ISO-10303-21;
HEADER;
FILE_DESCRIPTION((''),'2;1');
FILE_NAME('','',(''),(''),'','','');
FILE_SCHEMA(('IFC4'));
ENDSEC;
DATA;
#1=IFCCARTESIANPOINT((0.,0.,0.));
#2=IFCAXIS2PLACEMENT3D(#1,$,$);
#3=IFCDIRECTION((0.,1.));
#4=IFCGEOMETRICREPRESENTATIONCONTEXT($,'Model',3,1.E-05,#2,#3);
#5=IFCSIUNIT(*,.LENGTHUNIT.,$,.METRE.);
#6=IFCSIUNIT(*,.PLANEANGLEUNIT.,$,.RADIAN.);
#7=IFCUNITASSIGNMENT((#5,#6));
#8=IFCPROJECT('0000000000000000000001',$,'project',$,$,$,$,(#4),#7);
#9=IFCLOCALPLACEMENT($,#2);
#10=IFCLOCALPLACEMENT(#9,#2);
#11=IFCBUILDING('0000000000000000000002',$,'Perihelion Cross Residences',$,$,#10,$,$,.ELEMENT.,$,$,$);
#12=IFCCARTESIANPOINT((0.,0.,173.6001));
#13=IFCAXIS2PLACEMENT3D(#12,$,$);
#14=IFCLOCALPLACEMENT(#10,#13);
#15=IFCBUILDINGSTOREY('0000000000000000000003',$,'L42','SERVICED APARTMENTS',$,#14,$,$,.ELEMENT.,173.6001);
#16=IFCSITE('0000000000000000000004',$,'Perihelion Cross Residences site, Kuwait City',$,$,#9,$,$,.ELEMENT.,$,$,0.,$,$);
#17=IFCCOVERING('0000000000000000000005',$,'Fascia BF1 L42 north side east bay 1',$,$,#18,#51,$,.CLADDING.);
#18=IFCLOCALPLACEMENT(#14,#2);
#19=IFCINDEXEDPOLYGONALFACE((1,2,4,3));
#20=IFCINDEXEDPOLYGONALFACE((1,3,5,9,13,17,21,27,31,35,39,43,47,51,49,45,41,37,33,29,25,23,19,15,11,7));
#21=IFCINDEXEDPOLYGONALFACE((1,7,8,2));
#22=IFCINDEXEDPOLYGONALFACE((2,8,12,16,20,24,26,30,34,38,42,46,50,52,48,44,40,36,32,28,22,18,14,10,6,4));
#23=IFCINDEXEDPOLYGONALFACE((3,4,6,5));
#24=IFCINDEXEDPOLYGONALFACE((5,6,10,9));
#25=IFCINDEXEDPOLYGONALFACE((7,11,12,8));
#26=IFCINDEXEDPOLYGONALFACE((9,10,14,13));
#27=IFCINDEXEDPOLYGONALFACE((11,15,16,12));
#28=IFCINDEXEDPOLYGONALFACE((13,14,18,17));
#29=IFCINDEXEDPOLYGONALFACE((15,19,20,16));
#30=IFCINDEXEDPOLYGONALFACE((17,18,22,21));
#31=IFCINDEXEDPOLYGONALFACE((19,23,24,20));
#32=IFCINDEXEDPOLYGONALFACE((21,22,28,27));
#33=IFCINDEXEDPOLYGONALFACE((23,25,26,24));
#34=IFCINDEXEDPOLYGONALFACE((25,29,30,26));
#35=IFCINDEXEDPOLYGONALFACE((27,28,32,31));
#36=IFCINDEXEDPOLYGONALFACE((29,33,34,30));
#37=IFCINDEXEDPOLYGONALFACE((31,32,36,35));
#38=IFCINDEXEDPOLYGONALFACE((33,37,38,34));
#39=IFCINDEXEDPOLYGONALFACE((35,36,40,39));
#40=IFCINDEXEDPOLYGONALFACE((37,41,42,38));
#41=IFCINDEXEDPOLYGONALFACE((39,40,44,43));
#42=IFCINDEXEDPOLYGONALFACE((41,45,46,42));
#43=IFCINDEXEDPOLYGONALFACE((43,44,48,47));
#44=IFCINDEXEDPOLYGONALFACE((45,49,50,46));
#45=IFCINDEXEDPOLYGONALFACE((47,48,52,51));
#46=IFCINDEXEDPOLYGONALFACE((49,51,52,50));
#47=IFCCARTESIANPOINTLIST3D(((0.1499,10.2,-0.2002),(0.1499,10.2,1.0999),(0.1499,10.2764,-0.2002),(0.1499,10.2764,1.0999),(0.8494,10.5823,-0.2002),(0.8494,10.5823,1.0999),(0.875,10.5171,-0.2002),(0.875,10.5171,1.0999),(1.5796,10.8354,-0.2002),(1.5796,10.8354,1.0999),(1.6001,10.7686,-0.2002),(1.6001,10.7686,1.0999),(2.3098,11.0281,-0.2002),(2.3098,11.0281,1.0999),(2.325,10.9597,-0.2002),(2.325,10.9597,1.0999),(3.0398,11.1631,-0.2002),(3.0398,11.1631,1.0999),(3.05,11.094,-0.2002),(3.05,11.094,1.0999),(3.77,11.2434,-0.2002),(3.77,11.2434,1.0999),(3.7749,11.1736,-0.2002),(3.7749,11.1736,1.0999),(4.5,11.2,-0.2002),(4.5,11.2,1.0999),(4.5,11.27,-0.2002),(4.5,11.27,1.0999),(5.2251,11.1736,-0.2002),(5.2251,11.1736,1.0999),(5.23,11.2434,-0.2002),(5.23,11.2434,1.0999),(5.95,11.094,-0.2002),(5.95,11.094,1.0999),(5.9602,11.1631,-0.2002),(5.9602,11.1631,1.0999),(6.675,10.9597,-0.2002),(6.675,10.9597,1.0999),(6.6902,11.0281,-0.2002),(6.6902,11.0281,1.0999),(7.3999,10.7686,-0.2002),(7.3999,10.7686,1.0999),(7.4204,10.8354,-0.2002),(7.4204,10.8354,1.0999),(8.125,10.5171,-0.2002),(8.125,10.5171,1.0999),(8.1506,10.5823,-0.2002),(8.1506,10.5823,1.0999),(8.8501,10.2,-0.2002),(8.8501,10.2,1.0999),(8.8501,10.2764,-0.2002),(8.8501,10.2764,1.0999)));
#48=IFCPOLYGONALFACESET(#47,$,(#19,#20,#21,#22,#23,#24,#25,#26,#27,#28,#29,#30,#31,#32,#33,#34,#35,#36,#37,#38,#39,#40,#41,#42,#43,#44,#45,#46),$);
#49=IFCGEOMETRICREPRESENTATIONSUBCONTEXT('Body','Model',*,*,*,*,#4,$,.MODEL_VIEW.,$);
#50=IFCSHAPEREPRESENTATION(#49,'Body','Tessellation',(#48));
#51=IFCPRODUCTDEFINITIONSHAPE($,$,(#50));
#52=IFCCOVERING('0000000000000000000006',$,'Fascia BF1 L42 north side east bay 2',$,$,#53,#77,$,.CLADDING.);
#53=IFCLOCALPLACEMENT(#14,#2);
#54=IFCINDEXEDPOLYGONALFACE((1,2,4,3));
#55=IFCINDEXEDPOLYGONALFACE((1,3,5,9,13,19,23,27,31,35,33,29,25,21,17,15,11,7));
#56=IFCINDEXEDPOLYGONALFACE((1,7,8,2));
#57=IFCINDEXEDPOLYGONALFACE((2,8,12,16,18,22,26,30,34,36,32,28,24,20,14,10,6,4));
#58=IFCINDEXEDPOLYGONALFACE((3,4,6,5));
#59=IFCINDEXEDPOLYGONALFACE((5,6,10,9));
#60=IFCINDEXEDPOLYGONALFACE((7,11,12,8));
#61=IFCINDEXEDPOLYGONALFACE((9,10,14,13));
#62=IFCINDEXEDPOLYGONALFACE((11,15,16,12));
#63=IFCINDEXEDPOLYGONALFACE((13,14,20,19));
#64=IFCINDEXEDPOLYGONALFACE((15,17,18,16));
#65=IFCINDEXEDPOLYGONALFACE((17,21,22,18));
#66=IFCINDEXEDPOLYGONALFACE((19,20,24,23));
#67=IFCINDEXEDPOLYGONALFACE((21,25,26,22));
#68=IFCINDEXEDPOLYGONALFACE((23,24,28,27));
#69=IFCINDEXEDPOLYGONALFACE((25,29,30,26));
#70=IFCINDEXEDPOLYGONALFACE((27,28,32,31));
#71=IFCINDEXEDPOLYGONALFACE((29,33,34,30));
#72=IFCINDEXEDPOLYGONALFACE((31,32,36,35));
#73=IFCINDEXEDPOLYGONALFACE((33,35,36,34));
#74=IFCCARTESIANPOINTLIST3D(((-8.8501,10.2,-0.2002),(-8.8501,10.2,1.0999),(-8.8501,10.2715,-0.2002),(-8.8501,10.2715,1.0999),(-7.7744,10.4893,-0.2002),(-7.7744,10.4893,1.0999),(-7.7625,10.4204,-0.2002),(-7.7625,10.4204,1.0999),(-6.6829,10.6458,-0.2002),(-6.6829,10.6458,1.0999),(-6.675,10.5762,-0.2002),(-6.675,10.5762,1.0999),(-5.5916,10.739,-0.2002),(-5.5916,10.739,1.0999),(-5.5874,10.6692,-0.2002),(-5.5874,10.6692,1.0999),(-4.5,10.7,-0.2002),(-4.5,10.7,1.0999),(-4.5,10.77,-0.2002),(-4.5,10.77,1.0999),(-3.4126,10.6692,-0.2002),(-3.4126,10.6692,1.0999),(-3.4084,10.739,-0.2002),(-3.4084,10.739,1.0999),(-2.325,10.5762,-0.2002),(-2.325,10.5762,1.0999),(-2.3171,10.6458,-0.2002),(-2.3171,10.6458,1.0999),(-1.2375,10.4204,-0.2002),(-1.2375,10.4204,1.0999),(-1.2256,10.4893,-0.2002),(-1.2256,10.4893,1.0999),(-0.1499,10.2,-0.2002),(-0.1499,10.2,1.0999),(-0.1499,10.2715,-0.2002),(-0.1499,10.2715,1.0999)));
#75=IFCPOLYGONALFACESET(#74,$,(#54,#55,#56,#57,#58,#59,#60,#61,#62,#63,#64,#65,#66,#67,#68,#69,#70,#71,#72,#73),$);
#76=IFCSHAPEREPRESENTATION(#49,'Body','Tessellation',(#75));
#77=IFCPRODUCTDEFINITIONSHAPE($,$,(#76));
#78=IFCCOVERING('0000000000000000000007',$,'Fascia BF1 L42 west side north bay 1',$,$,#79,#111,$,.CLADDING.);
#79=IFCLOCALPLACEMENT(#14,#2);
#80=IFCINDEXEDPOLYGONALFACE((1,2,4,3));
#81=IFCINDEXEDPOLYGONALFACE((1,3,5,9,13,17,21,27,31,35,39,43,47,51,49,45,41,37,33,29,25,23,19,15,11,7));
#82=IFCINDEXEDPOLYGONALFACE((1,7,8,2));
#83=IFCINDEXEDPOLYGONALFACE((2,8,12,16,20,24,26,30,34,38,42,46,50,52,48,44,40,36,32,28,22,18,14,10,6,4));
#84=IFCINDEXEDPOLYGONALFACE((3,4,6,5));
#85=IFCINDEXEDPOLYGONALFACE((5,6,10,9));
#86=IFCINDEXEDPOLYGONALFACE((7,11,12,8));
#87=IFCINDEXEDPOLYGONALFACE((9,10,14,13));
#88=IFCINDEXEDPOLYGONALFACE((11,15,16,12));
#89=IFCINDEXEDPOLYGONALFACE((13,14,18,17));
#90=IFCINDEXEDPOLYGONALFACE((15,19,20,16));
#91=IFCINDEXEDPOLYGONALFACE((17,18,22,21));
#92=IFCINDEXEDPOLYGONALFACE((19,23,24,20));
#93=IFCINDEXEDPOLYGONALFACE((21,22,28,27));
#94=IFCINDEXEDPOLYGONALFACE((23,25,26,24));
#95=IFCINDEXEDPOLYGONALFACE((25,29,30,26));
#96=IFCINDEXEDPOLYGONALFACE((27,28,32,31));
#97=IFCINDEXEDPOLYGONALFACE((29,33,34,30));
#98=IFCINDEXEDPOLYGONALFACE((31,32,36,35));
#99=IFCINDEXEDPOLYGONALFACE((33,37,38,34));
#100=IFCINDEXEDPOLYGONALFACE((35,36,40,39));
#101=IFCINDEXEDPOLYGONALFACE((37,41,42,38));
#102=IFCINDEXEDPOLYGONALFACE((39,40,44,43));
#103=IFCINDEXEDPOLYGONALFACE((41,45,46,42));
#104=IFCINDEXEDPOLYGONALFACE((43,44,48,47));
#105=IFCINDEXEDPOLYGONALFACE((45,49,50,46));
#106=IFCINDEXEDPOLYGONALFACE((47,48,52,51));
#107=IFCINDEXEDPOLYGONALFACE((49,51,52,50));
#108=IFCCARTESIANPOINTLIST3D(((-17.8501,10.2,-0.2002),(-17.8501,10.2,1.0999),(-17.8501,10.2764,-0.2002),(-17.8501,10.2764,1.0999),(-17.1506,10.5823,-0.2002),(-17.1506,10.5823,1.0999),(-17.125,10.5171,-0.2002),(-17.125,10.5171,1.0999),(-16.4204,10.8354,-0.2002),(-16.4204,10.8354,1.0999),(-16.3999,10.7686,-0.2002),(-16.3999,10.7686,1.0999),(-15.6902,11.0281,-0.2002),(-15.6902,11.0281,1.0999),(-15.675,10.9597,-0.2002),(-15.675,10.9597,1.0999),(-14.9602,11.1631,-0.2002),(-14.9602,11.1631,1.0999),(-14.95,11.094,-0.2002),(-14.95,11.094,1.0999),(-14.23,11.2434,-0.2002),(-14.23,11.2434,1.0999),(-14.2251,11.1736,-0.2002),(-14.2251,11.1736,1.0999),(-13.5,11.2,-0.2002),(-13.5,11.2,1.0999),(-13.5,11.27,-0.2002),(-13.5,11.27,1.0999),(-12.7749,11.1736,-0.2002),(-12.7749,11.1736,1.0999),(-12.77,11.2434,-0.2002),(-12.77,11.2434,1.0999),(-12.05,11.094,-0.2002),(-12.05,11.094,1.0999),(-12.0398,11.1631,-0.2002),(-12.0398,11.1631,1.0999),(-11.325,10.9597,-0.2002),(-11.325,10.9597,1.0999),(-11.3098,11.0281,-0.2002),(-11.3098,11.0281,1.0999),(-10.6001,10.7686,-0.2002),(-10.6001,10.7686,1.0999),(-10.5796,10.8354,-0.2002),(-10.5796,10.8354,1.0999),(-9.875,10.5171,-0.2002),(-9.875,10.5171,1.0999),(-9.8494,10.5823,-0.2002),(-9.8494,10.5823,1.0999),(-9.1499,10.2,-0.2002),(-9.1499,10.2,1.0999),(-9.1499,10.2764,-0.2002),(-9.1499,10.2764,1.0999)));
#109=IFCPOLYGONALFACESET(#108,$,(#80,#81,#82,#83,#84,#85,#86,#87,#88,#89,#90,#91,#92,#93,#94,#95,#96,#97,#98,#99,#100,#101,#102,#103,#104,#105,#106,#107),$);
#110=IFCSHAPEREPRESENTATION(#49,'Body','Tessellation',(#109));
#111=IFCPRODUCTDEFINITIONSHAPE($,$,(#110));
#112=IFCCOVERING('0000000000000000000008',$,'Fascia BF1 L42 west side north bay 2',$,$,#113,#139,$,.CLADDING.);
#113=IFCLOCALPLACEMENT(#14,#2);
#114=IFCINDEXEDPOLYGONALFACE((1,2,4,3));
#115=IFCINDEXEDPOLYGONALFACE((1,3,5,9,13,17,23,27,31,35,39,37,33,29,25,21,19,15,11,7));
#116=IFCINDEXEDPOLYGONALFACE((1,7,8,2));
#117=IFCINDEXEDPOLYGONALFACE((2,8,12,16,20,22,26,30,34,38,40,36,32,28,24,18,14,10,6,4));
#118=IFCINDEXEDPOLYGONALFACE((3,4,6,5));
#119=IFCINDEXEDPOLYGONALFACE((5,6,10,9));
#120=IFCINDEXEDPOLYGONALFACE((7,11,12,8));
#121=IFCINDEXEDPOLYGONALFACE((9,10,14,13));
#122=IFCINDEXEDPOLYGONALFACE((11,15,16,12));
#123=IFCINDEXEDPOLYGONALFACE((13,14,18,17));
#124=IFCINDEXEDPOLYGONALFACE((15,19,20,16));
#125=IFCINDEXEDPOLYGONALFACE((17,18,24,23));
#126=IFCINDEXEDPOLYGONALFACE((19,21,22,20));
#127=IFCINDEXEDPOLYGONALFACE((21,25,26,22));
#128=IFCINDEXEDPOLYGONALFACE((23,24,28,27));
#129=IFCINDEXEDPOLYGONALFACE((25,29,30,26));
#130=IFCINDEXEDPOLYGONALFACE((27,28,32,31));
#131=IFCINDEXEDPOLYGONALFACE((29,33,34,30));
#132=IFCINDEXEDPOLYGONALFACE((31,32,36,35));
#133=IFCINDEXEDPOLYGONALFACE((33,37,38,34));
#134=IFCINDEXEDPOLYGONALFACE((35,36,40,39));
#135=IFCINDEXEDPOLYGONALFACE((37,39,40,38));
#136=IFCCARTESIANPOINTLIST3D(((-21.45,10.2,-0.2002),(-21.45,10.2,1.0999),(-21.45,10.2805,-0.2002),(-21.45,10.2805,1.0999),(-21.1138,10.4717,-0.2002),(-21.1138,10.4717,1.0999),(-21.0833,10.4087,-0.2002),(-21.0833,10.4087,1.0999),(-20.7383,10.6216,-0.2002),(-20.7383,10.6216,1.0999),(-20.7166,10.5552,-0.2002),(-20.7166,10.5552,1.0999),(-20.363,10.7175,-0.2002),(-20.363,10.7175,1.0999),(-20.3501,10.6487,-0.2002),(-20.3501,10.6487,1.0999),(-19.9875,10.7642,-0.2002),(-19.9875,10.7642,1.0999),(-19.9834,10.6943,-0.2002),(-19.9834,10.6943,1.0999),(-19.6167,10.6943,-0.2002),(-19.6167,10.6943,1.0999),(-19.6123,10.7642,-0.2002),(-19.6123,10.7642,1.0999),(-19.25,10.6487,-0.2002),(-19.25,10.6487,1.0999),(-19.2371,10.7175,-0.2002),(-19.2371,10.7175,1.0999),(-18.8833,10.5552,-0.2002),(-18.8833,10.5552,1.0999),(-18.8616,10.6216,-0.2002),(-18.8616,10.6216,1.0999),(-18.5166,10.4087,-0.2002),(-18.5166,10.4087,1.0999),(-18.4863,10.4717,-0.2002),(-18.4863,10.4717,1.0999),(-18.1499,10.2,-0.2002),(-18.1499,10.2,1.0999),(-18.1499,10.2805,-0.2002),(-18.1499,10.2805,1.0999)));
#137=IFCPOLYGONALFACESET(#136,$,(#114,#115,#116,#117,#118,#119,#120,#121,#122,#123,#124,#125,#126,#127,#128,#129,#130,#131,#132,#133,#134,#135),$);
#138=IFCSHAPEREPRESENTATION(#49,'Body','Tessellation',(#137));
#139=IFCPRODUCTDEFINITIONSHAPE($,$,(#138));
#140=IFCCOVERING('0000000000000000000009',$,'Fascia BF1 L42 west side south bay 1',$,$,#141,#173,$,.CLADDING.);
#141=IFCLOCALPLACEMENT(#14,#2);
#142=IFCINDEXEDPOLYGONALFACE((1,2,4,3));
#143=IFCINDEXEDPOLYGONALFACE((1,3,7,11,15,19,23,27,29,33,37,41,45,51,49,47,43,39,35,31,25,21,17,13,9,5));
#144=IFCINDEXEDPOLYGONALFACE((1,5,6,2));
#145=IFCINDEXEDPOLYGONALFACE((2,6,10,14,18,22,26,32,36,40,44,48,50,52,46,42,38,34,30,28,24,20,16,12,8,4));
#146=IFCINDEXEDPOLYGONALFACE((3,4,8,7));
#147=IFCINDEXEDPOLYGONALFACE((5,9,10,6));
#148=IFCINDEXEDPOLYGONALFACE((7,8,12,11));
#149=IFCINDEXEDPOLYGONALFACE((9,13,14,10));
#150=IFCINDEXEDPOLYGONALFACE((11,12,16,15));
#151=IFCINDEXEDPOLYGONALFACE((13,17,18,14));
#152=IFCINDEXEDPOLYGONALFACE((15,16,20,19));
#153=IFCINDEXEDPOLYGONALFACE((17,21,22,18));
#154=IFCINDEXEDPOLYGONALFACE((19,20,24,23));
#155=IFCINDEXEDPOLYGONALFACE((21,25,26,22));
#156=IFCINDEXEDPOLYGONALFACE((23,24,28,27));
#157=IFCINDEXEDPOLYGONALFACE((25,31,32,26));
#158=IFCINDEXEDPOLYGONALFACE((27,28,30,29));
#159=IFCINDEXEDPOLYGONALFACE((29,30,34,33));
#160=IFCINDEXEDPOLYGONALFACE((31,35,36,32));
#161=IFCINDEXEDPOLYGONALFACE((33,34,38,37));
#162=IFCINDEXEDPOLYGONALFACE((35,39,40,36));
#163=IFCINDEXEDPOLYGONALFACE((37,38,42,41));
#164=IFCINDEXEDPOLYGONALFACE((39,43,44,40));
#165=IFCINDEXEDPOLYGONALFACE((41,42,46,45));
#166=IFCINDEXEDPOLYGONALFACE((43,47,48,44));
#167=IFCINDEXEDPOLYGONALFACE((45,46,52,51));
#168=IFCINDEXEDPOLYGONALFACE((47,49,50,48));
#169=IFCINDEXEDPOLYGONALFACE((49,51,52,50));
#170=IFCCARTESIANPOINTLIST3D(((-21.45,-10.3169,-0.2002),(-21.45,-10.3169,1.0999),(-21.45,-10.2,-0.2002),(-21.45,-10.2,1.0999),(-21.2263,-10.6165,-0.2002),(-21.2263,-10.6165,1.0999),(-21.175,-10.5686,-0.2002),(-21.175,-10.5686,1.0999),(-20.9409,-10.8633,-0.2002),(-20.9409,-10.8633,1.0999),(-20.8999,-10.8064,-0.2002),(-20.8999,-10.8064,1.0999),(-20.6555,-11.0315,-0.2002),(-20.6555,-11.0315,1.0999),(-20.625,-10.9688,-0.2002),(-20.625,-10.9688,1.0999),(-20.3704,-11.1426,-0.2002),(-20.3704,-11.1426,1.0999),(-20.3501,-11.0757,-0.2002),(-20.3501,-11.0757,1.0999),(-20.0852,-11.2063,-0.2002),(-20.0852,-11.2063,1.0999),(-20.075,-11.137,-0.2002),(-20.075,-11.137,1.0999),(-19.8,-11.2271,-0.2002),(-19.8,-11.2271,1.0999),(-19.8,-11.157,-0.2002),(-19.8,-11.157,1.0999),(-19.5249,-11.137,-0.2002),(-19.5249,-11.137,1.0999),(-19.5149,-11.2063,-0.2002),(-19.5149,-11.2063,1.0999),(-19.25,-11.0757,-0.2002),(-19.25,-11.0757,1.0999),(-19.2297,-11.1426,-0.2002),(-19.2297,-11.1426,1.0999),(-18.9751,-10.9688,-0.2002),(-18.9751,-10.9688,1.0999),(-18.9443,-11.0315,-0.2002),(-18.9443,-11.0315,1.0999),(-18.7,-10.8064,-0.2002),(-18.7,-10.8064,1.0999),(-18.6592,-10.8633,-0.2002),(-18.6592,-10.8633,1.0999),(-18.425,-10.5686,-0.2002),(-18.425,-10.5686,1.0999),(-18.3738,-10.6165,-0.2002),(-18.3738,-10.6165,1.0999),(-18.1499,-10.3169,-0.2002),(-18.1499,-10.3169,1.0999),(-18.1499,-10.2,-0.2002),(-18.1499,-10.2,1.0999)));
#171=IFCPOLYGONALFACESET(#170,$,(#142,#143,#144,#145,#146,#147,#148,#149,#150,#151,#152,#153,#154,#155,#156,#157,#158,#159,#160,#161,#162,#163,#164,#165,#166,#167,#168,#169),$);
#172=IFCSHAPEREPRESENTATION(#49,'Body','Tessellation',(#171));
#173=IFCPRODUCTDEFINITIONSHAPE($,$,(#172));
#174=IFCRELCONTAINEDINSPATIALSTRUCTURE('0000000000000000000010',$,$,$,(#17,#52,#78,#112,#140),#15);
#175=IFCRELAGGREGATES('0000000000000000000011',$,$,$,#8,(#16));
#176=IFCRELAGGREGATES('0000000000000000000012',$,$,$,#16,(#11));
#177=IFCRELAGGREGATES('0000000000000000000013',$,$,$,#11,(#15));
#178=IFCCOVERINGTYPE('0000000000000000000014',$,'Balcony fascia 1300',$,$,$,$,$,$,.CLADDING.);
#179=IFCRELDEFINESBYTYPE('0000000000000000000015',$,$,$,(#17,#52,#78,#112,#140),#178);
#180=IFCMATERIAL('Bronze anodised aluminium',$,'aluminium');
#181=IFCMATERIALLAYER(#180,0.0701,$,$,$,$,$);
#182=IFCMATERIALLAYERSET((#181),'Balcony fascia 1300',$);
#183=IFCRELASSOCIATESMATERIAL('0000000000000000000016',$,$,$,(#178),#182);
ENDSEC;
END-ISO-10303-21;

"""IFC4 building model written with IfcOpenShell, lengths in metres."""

from ifc_helpers import new_model, si_unit, direction, frame, origin, place, context, subcontext, project, spatial, polyline, outline, extrude, material, layer, layer_set, type_object, element, save


model = new_model("IFC4")

# Units and contexts
model_context = context("Model", 3, precision=1e-05, world=origin(), true_north=direction((0.0, 1.0)))
body_context = subcontext(model_context, "Body", "Model", "MODEL_VIEW")
ifc_project = project(units=[si_unit("LENGTHUNIT", "METRE"), si_unit("PLANEANGLEUNIT", "RADIAN")], contexts=[model_context])

# Site, building, storey
site_placement = place(None, origin())
site = spatial("IfcSite", under=ifc_project, at=site_placement, Name="Perihelion Cross Residences site, Kuwait City", CompositionType="ELEMENT", RefElevation=0.0)
building_placement = place(site_placement, origin())
building = spatial("IfcBuilding", under=site, at=building_placement, Name="Perihelion Cross Residences", CompositionType="ELEMENT")
storey_placement = place(building_placement, frame((0.0, 0.0, 173.6001)))
storey = spatial("IfcBuildingStorey", under=building, at=storey_placement, Name="L42", Description="SERVICED APARTMENTS", CompositionType="ELEMENT", Elevation=173.6001)

# Coverings
ifc_material_1 = material(Name="Bronze anodised aluminium", Category="aluminium")
ifc_layer_1 = layer(ifc_material_1, 0.0701)
ifc_layer_set_1 = layer_set([ifc_layer_1], Name="Balcony fascia 1300")
covering_type_1 = type_object("IfcCoveringType", Name="Balcony fascia 1300", PredefinedType="CLADDING", material=ifc_layer_set_1)
covering_1_placement = place(storey_placement, frame((0.0, 0.0, -0.2002)))
element("IfcCovering", 1, at=covering_1_placement, inside=storey, type_object=covering_type_1, Name="Fascia BF1 L42 north side east bay 1", PredefinedType="CLADDING", context=body_context, shape_type="SweptSolid", body=[
    extrude(outline(polyline([(8.1506, 10.5823), (7.4204, 10.8354), (6.6902, 11.0281), (5.9602, 11.1631), (5.23, 11.2434), (4.5, 11.27), (3.77, 11.2434), (3.0398, 11.1631), (2.3098, 11.0281), (1.5796, 10.8354), (0.8494, 10.5823), (0.1499, 10.2764), (0.1499, 10.2), (0.875, 10.5171), (1.6001, 10.7686), (2.325, 10.9597), (3.05, 11.094), (3.7749, 11.1736), (4.5, 11.2), (5.2251, 11.1736), (5.95, 11.094), (6.675, 10.9597), (7.3999, 10.7686), (8.125, 10.5171), (8.8501, 10.2), (8.8501, 10.2764), (8.1506, 10.5823)])), origin(), (0.0, 0.0, 1.0), 1.3),
])
covering_2_placement = place(storey_placement, frame((0.0, 0.0, -0.2002)))
element("IfcCovering", 2, at=covering_2_placement, inside=storey, type_object=covering_type_1, Name="Fascia BF1 L42 north side east bay 2", PredefinedType="CLADDING", context=body_context, shape_type="SweptSolid", body=[
    extrude(outline(polyline([(-1.2256, 10.4893), (-2.3171, 10.6458), (-3.4084, 10.739), (-4.5, 10.77), (-5.5916, 10.739), (-6.6829, 10.6458), (-7.7744, 10.4893), (-8.8501, 10.2715), (-8.8501, 10.2), (-7.7625, 10.4204), (-6.675, 10.5762), (-5.5874, 10.6692), (-4.5, 10.7), (-3.4126, 10.6692), (-2.325, 10.5762), (-1.2375, 10.4204), (-0.1499, 10.2), (-0.1499, 10.2715), (-1.2256, 10.4893)])), origin(), (0.0, 0.0, 1.0), 1.3),
])
covering_3_placement = place(storey_placement, frame((0.0, 0.0, -0.2002)))
element("IfcCovering", 3, at=covering_3_placement, inside=storey, type_object=covering_type_1, Name="Fascia BF1 L42 west side north bay 1", PredefinedType="CLADDING", context=body_context, shape_type="SweptSolid", body=[
    extrude(outline(polyline([(-9.8494, 10.5823), (-10.5796, 10.8354), (-11.3098, 11.0281), (-12.0398, 11.1631), (-12.77, 11.2434), (-13.5, 11.27), (-14.23, 11.2434), (-14.9602, 11.1631), (-15.6902, 11.0281), (-16.4204, 10.8354), (-17.1506, 10.5823), (-17.8501, 10.2764), (-17.8501, 10.2), (-17.125, 10.5171), (-16.3999, 10.7686), (-15.675, 10.9597), (-14.95, 11.094), (-14.2251, 11.1736), (-13.5, 11.2), (-12.7749, 11.1736), (-12.05, 11.094), (-11.325, 10.9597), (-10.6001, 10.7686), (-9.875, 10.5171), (-9.1499, 10.2), (-9.1499, 10.2764), (-9.8494, 10.5823)])), origin(), (0.0, 0.0, 1.0), 1.3),
])
covering_4_placement = place(storey_placement, frame((0.0, 0.0, -0.2002)))
element("IfcCovering", 4, at=covering_4_placement, inside=storey, type_object=covering_type_1, Name="Fascia BF1 L42 west side north bay 2", PredefinedType="CLADDING", context=body_context, shape_type="SweptSolid", body=[
    extrude(outline(polyline([(-18.4863, 10.4717), (-18.8616, 10.6216), (-19.2371, 10.7175), (-19.6123, 10.7642), (-19.9875, 10.7642), (-20.363, 10.7175), (-20.7383, 10.6216), (-21.1138, 10.4717), (-21.45, 10.2805), (-21.45, 10.2), (-21.0833, 10.4087), (-20.7166, 10.5552), (-20.3501, 10.6487), (-19.9834, 10.6943), (-19.6167, 10.6943), (-19.25, 10.6487), (-18.8833, 10.5552), (-18.5166, 10.4087), (-18.1499, 10.2), (-18.1499, 10.2805), (-18.4863, 10.4717)])), origin(), (0.0, 0.0, 1.0), 1.3),
])
covering_5_placement = place(storey_placement, frame((0.0, 0.0, -0.2002)))
element("IfcCovering", 5, at=covering_5_placement, inside=storey, type_object=covering_type_1, Name="Fascia BF1 L42 west side south bay 1", PredefinedType="CLADDING", context=body_context, shape_type="SweptSolid", body=[
    extrude(outline(polyline([(-21.2263, -10.6165), (-20.9409, -10.8633), (-20.6555, -11.0315), (-20.3704, -11.1426), (-20.0852, -11.2063), (-19.8, -11.2271), (-19.5149, -11.2063), (-19.2297, -11.1426), (-18.9443, -11.0315), (-18.6592, -10.8633), (-18.3738, -10.6165), (-18.1499, -10.3169), (-18.1499, -10.2), (-18.425, -10.5686), (-18.7, -10.8064), (-18.9751, -10.9688), (-19.25, -11.0757), (-19.5249, -11.137), (-19.8, -11.157), (-20.075, -11.137), (-20.3501, -11.0757), (-20.625, -10.9688), (-20.8999, -10.8064), (-21.175, -10.5686), (-21.45, -10.2), (-21.45, -10.3169), (-21.2263, -10.6165)])), origin(), (0.0, 0.0, 1.0), 1.3),
])

save(model, "model.ifc")
